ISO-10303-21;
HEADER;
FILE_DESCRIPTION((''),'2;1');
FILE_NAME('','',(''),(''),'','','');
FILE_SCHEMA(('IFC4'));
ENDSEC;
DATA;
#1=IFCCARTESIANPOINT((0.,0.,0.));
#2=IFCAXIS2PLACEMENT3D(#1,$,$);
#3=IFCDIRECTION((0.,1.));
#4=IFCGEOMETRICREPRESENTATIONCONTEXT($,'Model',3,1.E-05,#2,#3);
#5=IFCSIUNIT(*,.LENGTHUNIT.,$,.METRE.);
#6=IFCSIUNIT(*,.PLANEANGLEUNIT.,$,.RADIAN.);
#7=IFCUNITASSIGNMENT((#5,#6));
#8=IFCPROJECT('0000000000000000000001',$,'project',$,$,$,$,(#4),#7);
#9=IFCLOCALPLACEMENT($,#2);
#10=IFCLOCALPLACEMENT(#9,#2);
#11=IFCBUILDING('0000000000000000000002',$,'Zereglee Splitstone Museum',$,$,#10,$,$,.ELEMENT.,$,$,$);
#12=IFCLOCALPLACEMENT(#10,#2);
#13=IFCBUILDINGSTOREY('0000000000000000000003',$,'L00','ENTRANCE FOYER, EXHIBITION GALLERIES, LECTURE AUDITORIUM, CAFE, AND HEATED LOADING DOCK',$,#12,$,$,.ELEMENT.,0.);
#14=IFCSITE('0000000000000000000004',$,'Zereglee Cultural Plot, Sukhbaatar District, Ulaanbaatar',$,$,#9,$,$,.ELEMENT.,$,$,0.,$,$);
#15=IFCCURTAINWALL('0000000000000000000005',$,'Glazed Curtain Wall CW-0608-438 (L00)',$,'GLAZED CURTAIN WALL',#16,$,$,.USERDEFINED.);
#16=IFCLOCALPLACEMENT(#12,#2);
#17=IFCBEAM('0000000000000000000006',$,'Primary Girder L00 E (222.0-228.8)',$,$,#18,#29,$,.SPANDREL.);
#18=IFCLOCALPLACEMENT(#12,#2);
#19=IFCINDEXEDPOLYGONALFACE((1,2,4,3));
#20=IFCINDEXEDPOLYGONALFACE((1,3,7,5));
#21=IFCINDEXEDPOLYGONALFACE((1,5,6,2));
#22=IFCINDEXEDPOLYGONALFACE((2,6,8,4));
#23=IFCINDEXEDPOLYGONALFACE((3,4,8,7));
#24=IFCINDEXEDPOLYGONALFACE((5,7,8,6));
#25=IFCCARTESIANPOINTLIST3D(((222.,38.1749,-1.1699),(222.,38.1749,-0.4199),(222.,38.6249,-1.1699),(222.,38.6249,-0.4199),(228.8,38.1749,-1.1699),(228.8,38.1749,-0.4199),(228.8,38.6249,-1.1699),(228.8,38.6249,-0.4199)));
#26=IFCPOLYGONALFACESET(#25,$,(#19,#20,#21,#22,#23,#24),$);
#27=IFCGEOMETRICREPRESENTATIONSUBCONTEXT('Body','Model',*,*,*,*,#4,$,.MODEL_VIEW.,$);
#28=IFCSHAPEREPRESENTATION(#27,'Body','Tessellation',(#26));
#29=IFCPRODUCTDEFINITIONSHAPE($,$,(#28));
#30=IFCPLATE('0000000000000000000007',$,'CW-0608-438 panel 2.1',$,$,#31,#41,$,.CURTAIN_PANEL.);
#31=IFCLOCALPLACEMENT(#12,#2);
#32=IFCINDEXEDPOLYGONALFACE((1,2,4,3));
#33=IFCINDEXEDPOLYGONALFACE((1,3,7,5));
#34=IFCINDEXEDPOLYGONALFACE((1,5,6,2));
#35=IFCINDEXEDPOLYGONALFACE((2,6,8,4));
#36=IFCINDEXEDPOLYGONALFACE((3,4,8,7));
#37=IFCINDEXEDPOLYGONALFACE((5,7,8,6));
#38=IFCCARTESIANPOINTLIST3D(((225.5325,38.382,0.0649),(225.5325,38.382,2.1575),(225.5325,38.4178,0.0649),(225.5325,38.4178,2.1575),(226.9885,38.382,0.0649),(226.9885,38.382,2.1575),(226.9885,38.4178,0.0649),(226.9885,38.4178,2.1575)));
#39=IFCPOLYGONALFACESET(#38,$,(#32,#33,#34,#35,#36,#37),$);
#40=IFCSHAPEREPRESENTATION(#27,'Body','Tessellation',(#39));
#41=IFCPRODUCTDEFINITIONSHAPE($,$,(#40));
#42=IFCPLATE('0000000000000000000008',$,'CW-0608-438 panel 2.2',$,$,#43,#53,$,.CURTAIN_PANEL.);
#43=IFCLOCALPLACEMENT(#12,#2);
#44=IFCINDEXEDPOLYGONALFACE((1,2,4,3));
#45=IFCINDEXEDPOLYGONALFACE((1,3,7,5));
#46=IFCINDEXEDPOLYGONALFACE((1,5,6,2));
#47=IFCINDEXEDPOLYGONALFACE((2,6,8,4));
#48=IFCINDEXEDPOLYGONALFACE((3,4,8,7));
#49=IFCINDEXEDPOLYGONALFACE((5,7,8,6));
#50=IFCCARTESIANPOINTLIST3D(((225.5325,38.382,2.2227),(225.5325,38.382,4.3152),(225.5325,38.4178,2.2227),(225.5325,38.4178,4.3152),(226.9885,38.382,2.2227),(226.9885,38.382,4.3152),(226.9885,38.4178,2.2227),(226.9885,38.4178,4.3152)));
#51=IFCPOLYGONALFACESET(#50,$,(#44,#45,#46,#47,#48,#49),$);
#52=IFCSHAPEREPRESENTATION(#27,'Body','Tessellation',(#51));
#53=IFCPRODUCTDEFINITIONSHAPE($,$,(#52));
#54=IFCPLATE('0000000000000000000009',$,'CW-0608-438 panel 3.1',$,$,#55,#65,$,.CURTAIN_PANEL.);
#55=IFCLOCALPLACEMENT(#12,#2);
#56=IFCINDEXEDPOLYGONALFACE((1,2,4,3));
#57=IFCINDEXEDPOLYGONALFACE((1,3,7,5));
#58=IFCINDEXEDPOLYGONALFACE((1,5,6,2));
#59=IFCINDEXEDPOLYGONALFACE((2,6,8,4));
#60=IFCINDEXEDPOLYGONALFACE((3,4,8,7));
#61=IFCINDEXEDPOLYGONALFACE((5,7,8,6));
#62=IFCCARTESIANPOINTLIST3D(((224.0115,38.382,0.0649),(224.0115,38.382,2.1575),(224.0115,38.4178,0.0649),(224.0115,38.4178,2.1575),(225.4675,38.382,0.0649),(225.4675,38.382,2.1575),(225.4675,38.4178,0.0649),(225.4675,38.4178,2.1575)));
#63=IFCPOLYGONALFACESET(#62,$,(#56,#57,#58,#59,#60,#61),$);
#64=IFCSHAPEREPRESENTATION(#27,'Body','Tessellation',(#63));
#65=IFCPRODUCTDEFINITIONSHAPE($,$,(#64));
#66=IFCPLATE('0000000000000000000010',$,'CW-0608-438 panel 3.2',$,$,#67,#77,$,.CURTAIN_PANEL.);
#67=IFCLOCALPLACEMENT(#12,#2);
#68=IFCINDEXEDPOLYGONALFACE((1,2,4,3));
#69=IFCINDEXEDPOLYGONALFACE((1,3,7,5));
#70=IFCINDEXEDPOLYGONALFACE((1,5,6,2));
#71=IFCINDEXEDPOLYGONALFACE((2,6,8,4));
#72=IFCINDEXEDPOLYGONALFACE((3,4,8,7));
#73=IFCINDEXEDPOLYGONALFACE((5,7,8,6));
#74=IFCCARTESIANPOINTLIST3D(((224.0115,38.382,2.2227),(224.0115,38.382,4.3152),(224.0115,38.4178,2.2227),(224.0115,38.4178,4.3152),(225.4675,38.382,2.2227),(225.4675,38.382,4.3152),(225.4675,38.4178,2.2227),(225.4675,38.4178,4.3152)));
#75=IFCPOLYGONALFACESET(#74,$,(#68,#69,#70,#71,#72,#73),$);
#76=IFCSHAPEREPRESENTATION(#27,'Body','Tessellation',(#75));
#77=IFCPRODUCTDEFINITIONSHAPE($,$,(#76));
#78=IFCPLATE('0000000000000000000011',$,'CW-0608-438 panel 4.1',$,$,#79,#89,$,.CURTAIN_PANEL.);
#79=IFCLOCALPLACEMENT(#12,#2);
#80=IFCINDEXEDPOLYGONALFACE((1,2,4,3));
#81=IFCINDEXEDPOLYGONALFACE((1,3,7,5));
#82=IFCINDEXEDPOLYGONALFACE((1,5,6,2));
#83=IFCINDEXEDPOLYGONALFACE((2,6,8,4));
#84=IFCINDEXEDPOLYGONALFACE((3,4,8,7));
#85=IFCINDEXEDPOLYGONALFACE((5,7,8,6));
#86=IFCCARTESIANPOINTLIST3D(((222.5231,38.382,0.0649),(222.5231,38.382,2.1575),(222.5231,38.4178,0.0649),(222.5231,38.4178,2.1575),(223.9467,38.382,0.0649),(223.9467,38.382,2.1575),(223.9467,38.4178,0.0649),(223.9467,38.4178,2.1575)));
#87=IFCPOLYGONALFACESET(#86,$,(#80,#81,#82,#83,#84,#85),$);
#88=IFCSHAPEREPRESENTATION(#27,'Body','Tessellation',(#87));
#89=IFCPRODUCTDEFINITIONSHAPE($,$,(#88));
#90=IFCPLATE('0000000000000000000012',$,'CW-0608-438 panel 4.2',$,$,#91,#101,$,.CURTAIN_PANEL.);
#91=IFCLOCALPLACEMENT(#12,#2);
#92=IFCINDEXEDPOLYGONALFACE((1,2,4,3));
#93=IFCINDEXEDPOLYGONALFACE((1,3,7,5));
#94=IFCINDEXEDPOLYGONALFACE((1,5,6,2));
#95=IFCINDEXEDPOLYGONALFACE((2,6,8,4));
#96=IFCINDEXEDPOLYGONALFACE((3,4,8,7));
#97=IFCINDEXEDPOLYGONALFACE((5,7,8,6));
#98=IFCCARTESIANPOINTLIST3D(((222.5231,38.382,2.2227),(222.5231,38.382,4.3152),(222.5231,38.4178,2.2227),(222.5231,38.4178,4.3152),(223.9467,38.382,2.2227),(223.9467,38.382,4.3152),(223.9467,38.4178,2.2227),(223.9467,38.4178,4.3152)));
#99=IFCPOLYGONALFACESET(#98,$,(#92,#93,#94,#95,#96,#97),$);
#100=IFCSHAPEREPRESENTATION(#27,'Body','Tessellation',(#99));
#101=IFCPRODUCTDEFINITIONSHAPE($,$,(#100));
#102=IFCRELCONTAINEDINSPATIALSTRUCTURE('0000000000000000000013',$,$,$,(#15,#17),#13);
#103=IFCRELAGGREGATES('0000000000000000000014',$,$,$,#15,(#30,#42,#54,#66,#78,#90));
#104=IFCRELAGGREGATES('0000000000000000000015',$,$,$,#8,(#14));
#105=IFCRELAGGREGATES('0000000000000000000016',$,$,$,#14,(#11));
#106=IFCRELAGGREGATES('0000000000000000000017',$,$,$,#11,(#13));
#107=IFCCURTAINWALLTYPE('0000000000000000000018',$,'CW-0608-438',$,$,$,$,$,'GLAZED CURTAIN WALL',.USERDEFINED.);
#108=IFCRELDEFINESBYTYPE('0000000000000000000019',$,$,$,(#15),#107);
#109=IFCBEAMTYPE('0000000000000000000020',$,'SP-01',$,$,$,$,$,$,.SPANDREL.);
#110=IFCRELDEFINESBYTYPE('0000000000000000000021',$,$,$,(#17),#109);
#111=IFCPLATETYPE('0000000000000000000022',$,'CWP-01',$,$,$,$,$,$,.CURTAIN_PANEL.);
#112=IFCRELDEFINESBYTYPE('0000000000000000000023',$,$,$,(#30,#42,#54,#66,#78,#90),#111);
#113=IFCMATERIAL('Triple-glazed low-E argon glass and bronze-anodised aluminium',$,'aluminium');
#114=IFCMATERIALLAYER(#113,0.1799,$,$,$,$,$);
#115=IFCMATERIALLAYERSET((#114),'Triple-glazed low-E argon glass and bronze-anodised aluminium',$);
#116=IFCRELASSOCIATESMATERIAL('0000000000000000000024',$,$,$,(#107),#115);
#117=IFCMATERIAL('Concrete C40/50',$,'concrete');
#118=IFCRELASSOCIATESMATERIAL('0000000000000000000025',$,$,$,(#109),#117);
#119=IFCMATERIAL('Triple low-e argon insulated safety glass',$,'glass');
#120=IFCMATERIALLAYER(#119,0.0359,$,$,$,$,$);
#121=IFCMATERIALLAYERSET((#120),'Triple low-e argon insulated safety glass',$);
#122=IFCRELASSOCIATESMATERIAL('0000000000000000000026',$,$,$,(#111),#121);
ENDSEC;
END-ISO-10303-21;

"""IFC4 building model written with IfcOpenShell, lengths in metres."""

from ifc_helpers import new_model, si_unit, direction, frame, origin, origin_2d, place, context, subcontext, project, spatial, rectangle, extrude, material, layer, layer_set, material_profile, profile_set, type_object, element, aggregate, save


model = new_model("IFC4")

# Units and contexts
model_context = context("Model", 3, precision=1e-05, world=origin(), true_north=direction((0.0, 1.0)))
body_context = subcontext(model_context, "Body", "Model", "MODEL_VIEW")
ifc_project = project(units=[si_unit("LENGTHUNIT", "METRE"), si_unit("PLANEANGLEUNIT", "RADIAN")], contexts=[model_context])

# Site, building, storey
site_placement = place(None, origin())
site = spatial("IfcSite", under=ifc_project, at=site_placement, Name="Zereglee Cultural Plot, Sukhbaatar District, Ulaanbaatar", CompositionType="ELEMENT", RefElevation=0.0)
building_placement = place(site_placement, origin())
building = spatial("IfcBuilding", under=site, at=building_placement, Name="Zereglee Splitstone Museum", CompositionType="ELEMENT")
storey_placement = place(building_placement, origin())
storey = spatial("IfcBuildingStorey", under=building, at=storey_placement, Name="L00", Description="ENTRANCE FOYER, EXHIBITION GALLERIES, LECTURE AUDITORIUM, CAFE, AND HEATED LOADING DOCK", CompositionType="ELEMENT", Elevation=0.0)

# Curtain wall
ifc_material_1 = material(Name="Triple-glazed low-E argon glass and bronze-anodised aluminium", Category="aluminium")
ifc_layer_1 = layer(ifc_material_1, 0.1799)
ifc_layer_set_1 = layer_set([ifc_layer_1], Name="Triple-glazed low-E argon glass and bronze-anodised aluminium")
curtain_wall_type_1 = type_object("IfcCurtainWallType", Name="CW-0608-438", ElementType="GLAZED CURTAIN WALL", PredefinedType="USERDEFINED", material=ifc_layer_set_1)
curtain_wall_1_placement = place(storey_placement, origin())
curtain_wall_1 = element("IfcCurtainWall", 1, at=curtain_wall_1_placement, inside=storey, type_object=curtain_wall_type_1, Name="Glazed Curtain Wall CW-0608-438 (L00)", ObjectType="GLAZED CURTAIN WALL", PredefinedType="USERDEFINED")

# Beam
ifc_material_2 = material(Name="Concrete C40/50", Category="concrete")
ifc_material_profile_1 = material_profile(ifc_material_2, rectangle(XDim=0.45, YDim=0.75, at=origin_2d()), Name="RC 450x750")
ifc_profile_set_1 = profile_set([ifc_material_profile_1], Name="Concrete C40/50")
beam_type = type_object("IfcBeamType", Name="SP-01", PredefinedType="SPANDREL", material=ifc_profile_set_1)
beam_placement = place(storey_placement, frame((222.0, 38.3999, -0.7949), z_axis=(1.0, 0.0, 0.0), x_axis=(0.0, 1.0, 0.0)))
element("IfcBeam", 2, at=beam_placement, inside=storey, type_object=beam_type, Name="Primary Girder L00 E (222.0-228.8)", PredefinedType="SPANDREL", context=body_context, shape_type="SweptSolid", body=[
    extrude(rectangle(XDim=0.45, YDim=0.75, at=origin_2d()), origin(), (0.0, 0.0, 1.0), 6.8),
])

# Plates
ifc_material_3 = material(Name="Triple low-e argon insulated safety glass", Category="glass")
ifc_layer_2 = layer(ifc_material_3, 0.0359)
ifc_layer_set_2 = layer_set([ifc_layer_2], Name="Triple low-e argon insulated safety glass")
plate_type = type_object("IfcPlateType", Name="CWP-01", PredefinedType="CURTAIN_PANEL", material=ifc_layer_set_2)
plate_1_placement = place(storey_placement, frame((226.2605, 38.3999, 0.0649), z_axis=(0.0, 0.0, 1.0), x_axis=(-1.0, 0.0, 0.0)))
plate_1 = element("IfcPlate", 3, at=plate_1_placement, type_object=plate_type, Name="CW-0608-438 panel 2.1", PredefinedType="CURTAIN_PANEL", context=body_context, shape_type="SweptSolid", body=[
    extrude(rectangle(XDim=1.4561, YDim=0.0359, at=origin_2d()), origin(), (0.0, 0.0, 1.0), 2.0925),
])
plate_2_placement = place(storey_placement, frame((226.2605, 38.3999, 2.2227), z_axis=(0.0, 0.0, 1.0), x_axis=(-1.0, 0.0, 0.0)))
plate_2 = element("IfcPlate", 4, at=plate_2_placement, type_object=plate_type, Name="CW-0608-438 panel 2.2", PredefinedType="CURTAIN_PANEL", context=body_context, shape_type="SweptSolid", body=[
    extrude(rectangle(XDim=1.4561, YDim=0.0359, at=origin_2d()), origin(), (0.0, 0.0, 1.0), 2.0925),
])
plate_3_placement = place(storey_placement, frame((224.7395, 38.3999, 0.0649), z_axis=(0.0, 0.0, 1.0), x_axis=(-1.0, 0.0, 0.0)))
plate_3 = element("IfcPlate", 5, at=plate_3_placement, type_object=plate_type, Name="CW-0608-438 panel 3.1", PredefinedType="CURTAIN_PANEL", context=body_context, shape_type="SweptSolid", body=[
    extrude(rectangle(XDim=1.4561, YDim=0.0359, at=origin_2d()), origin(), (0.0, 0.0, 1.0), 2.0925),
])
plate_4_placement = place(storey_placement, frame((224.7395, 38.3999, 2.2227), z_axis=(0.0, 0.0, 1.0), x_axis=(-1.0, 0.0, 0.0)))
plate_4 = element("IfcPlate", 6, at=plate_4_placement, type_object=plate_type, Name="CW-0608-438 panel 3.2", PredefinedType="CURTAIN_PANEL", context=body_context, shape_type="SweptSolid", body=[
    extrude(rectangle(XDim=1.4561, YDim=0.0359, at=origin_2d()), origin(), (0.0, 0.0, 1.0), 2.0925),
])
plate_5_placement = place(storey_placement, frame((223.2349, 38.3999, 0.0649), z_axis=(0.0, 0.0, 1.0), x_axis=(-1.0, 0.0, 0.0)))
plate_5 = element("IfcPlate", 7, at=plate_5_placement, type_object=plate_type, Name="CW-0608-438 panel 4.1", PredefinedType="CURTAIN_PANEL", context=body_context, shape_type="SweptSolid", body=[
    extrude(rectangle(XDim=1.4236, YDim=0.0359, at=origin_2d()), origin(), (0.0, 0.0, 1.0), 2.0925),
])
plate_6_placement = place(storey_placement, frame((223.2349, 38.3999, 2.2227), z_axis=(0.0, 0.0, 1.0), x_axis=(-1.0, 0.0, 0.0)))
plate_6 = element("IfcPlate", 8, at=plate_6_placement, type_object=plate_type, Name="CW-0608-438 panel 4.2", PredefinedType="CURTAIN_PANEL", context=body_context, shape_type="SweptSolid", body=[
    extrude(rectangle(XDim=1.4236, YDim=0.0359, at=origin_2d()), origin(), (0.0, 0.0, 1.0), 2.0925),
])
aggregate(curtain_wall_1, [plate_1, plate_2, plate_3, plate_4, plate_5, plate_6])

save(model, "model.ifc")
